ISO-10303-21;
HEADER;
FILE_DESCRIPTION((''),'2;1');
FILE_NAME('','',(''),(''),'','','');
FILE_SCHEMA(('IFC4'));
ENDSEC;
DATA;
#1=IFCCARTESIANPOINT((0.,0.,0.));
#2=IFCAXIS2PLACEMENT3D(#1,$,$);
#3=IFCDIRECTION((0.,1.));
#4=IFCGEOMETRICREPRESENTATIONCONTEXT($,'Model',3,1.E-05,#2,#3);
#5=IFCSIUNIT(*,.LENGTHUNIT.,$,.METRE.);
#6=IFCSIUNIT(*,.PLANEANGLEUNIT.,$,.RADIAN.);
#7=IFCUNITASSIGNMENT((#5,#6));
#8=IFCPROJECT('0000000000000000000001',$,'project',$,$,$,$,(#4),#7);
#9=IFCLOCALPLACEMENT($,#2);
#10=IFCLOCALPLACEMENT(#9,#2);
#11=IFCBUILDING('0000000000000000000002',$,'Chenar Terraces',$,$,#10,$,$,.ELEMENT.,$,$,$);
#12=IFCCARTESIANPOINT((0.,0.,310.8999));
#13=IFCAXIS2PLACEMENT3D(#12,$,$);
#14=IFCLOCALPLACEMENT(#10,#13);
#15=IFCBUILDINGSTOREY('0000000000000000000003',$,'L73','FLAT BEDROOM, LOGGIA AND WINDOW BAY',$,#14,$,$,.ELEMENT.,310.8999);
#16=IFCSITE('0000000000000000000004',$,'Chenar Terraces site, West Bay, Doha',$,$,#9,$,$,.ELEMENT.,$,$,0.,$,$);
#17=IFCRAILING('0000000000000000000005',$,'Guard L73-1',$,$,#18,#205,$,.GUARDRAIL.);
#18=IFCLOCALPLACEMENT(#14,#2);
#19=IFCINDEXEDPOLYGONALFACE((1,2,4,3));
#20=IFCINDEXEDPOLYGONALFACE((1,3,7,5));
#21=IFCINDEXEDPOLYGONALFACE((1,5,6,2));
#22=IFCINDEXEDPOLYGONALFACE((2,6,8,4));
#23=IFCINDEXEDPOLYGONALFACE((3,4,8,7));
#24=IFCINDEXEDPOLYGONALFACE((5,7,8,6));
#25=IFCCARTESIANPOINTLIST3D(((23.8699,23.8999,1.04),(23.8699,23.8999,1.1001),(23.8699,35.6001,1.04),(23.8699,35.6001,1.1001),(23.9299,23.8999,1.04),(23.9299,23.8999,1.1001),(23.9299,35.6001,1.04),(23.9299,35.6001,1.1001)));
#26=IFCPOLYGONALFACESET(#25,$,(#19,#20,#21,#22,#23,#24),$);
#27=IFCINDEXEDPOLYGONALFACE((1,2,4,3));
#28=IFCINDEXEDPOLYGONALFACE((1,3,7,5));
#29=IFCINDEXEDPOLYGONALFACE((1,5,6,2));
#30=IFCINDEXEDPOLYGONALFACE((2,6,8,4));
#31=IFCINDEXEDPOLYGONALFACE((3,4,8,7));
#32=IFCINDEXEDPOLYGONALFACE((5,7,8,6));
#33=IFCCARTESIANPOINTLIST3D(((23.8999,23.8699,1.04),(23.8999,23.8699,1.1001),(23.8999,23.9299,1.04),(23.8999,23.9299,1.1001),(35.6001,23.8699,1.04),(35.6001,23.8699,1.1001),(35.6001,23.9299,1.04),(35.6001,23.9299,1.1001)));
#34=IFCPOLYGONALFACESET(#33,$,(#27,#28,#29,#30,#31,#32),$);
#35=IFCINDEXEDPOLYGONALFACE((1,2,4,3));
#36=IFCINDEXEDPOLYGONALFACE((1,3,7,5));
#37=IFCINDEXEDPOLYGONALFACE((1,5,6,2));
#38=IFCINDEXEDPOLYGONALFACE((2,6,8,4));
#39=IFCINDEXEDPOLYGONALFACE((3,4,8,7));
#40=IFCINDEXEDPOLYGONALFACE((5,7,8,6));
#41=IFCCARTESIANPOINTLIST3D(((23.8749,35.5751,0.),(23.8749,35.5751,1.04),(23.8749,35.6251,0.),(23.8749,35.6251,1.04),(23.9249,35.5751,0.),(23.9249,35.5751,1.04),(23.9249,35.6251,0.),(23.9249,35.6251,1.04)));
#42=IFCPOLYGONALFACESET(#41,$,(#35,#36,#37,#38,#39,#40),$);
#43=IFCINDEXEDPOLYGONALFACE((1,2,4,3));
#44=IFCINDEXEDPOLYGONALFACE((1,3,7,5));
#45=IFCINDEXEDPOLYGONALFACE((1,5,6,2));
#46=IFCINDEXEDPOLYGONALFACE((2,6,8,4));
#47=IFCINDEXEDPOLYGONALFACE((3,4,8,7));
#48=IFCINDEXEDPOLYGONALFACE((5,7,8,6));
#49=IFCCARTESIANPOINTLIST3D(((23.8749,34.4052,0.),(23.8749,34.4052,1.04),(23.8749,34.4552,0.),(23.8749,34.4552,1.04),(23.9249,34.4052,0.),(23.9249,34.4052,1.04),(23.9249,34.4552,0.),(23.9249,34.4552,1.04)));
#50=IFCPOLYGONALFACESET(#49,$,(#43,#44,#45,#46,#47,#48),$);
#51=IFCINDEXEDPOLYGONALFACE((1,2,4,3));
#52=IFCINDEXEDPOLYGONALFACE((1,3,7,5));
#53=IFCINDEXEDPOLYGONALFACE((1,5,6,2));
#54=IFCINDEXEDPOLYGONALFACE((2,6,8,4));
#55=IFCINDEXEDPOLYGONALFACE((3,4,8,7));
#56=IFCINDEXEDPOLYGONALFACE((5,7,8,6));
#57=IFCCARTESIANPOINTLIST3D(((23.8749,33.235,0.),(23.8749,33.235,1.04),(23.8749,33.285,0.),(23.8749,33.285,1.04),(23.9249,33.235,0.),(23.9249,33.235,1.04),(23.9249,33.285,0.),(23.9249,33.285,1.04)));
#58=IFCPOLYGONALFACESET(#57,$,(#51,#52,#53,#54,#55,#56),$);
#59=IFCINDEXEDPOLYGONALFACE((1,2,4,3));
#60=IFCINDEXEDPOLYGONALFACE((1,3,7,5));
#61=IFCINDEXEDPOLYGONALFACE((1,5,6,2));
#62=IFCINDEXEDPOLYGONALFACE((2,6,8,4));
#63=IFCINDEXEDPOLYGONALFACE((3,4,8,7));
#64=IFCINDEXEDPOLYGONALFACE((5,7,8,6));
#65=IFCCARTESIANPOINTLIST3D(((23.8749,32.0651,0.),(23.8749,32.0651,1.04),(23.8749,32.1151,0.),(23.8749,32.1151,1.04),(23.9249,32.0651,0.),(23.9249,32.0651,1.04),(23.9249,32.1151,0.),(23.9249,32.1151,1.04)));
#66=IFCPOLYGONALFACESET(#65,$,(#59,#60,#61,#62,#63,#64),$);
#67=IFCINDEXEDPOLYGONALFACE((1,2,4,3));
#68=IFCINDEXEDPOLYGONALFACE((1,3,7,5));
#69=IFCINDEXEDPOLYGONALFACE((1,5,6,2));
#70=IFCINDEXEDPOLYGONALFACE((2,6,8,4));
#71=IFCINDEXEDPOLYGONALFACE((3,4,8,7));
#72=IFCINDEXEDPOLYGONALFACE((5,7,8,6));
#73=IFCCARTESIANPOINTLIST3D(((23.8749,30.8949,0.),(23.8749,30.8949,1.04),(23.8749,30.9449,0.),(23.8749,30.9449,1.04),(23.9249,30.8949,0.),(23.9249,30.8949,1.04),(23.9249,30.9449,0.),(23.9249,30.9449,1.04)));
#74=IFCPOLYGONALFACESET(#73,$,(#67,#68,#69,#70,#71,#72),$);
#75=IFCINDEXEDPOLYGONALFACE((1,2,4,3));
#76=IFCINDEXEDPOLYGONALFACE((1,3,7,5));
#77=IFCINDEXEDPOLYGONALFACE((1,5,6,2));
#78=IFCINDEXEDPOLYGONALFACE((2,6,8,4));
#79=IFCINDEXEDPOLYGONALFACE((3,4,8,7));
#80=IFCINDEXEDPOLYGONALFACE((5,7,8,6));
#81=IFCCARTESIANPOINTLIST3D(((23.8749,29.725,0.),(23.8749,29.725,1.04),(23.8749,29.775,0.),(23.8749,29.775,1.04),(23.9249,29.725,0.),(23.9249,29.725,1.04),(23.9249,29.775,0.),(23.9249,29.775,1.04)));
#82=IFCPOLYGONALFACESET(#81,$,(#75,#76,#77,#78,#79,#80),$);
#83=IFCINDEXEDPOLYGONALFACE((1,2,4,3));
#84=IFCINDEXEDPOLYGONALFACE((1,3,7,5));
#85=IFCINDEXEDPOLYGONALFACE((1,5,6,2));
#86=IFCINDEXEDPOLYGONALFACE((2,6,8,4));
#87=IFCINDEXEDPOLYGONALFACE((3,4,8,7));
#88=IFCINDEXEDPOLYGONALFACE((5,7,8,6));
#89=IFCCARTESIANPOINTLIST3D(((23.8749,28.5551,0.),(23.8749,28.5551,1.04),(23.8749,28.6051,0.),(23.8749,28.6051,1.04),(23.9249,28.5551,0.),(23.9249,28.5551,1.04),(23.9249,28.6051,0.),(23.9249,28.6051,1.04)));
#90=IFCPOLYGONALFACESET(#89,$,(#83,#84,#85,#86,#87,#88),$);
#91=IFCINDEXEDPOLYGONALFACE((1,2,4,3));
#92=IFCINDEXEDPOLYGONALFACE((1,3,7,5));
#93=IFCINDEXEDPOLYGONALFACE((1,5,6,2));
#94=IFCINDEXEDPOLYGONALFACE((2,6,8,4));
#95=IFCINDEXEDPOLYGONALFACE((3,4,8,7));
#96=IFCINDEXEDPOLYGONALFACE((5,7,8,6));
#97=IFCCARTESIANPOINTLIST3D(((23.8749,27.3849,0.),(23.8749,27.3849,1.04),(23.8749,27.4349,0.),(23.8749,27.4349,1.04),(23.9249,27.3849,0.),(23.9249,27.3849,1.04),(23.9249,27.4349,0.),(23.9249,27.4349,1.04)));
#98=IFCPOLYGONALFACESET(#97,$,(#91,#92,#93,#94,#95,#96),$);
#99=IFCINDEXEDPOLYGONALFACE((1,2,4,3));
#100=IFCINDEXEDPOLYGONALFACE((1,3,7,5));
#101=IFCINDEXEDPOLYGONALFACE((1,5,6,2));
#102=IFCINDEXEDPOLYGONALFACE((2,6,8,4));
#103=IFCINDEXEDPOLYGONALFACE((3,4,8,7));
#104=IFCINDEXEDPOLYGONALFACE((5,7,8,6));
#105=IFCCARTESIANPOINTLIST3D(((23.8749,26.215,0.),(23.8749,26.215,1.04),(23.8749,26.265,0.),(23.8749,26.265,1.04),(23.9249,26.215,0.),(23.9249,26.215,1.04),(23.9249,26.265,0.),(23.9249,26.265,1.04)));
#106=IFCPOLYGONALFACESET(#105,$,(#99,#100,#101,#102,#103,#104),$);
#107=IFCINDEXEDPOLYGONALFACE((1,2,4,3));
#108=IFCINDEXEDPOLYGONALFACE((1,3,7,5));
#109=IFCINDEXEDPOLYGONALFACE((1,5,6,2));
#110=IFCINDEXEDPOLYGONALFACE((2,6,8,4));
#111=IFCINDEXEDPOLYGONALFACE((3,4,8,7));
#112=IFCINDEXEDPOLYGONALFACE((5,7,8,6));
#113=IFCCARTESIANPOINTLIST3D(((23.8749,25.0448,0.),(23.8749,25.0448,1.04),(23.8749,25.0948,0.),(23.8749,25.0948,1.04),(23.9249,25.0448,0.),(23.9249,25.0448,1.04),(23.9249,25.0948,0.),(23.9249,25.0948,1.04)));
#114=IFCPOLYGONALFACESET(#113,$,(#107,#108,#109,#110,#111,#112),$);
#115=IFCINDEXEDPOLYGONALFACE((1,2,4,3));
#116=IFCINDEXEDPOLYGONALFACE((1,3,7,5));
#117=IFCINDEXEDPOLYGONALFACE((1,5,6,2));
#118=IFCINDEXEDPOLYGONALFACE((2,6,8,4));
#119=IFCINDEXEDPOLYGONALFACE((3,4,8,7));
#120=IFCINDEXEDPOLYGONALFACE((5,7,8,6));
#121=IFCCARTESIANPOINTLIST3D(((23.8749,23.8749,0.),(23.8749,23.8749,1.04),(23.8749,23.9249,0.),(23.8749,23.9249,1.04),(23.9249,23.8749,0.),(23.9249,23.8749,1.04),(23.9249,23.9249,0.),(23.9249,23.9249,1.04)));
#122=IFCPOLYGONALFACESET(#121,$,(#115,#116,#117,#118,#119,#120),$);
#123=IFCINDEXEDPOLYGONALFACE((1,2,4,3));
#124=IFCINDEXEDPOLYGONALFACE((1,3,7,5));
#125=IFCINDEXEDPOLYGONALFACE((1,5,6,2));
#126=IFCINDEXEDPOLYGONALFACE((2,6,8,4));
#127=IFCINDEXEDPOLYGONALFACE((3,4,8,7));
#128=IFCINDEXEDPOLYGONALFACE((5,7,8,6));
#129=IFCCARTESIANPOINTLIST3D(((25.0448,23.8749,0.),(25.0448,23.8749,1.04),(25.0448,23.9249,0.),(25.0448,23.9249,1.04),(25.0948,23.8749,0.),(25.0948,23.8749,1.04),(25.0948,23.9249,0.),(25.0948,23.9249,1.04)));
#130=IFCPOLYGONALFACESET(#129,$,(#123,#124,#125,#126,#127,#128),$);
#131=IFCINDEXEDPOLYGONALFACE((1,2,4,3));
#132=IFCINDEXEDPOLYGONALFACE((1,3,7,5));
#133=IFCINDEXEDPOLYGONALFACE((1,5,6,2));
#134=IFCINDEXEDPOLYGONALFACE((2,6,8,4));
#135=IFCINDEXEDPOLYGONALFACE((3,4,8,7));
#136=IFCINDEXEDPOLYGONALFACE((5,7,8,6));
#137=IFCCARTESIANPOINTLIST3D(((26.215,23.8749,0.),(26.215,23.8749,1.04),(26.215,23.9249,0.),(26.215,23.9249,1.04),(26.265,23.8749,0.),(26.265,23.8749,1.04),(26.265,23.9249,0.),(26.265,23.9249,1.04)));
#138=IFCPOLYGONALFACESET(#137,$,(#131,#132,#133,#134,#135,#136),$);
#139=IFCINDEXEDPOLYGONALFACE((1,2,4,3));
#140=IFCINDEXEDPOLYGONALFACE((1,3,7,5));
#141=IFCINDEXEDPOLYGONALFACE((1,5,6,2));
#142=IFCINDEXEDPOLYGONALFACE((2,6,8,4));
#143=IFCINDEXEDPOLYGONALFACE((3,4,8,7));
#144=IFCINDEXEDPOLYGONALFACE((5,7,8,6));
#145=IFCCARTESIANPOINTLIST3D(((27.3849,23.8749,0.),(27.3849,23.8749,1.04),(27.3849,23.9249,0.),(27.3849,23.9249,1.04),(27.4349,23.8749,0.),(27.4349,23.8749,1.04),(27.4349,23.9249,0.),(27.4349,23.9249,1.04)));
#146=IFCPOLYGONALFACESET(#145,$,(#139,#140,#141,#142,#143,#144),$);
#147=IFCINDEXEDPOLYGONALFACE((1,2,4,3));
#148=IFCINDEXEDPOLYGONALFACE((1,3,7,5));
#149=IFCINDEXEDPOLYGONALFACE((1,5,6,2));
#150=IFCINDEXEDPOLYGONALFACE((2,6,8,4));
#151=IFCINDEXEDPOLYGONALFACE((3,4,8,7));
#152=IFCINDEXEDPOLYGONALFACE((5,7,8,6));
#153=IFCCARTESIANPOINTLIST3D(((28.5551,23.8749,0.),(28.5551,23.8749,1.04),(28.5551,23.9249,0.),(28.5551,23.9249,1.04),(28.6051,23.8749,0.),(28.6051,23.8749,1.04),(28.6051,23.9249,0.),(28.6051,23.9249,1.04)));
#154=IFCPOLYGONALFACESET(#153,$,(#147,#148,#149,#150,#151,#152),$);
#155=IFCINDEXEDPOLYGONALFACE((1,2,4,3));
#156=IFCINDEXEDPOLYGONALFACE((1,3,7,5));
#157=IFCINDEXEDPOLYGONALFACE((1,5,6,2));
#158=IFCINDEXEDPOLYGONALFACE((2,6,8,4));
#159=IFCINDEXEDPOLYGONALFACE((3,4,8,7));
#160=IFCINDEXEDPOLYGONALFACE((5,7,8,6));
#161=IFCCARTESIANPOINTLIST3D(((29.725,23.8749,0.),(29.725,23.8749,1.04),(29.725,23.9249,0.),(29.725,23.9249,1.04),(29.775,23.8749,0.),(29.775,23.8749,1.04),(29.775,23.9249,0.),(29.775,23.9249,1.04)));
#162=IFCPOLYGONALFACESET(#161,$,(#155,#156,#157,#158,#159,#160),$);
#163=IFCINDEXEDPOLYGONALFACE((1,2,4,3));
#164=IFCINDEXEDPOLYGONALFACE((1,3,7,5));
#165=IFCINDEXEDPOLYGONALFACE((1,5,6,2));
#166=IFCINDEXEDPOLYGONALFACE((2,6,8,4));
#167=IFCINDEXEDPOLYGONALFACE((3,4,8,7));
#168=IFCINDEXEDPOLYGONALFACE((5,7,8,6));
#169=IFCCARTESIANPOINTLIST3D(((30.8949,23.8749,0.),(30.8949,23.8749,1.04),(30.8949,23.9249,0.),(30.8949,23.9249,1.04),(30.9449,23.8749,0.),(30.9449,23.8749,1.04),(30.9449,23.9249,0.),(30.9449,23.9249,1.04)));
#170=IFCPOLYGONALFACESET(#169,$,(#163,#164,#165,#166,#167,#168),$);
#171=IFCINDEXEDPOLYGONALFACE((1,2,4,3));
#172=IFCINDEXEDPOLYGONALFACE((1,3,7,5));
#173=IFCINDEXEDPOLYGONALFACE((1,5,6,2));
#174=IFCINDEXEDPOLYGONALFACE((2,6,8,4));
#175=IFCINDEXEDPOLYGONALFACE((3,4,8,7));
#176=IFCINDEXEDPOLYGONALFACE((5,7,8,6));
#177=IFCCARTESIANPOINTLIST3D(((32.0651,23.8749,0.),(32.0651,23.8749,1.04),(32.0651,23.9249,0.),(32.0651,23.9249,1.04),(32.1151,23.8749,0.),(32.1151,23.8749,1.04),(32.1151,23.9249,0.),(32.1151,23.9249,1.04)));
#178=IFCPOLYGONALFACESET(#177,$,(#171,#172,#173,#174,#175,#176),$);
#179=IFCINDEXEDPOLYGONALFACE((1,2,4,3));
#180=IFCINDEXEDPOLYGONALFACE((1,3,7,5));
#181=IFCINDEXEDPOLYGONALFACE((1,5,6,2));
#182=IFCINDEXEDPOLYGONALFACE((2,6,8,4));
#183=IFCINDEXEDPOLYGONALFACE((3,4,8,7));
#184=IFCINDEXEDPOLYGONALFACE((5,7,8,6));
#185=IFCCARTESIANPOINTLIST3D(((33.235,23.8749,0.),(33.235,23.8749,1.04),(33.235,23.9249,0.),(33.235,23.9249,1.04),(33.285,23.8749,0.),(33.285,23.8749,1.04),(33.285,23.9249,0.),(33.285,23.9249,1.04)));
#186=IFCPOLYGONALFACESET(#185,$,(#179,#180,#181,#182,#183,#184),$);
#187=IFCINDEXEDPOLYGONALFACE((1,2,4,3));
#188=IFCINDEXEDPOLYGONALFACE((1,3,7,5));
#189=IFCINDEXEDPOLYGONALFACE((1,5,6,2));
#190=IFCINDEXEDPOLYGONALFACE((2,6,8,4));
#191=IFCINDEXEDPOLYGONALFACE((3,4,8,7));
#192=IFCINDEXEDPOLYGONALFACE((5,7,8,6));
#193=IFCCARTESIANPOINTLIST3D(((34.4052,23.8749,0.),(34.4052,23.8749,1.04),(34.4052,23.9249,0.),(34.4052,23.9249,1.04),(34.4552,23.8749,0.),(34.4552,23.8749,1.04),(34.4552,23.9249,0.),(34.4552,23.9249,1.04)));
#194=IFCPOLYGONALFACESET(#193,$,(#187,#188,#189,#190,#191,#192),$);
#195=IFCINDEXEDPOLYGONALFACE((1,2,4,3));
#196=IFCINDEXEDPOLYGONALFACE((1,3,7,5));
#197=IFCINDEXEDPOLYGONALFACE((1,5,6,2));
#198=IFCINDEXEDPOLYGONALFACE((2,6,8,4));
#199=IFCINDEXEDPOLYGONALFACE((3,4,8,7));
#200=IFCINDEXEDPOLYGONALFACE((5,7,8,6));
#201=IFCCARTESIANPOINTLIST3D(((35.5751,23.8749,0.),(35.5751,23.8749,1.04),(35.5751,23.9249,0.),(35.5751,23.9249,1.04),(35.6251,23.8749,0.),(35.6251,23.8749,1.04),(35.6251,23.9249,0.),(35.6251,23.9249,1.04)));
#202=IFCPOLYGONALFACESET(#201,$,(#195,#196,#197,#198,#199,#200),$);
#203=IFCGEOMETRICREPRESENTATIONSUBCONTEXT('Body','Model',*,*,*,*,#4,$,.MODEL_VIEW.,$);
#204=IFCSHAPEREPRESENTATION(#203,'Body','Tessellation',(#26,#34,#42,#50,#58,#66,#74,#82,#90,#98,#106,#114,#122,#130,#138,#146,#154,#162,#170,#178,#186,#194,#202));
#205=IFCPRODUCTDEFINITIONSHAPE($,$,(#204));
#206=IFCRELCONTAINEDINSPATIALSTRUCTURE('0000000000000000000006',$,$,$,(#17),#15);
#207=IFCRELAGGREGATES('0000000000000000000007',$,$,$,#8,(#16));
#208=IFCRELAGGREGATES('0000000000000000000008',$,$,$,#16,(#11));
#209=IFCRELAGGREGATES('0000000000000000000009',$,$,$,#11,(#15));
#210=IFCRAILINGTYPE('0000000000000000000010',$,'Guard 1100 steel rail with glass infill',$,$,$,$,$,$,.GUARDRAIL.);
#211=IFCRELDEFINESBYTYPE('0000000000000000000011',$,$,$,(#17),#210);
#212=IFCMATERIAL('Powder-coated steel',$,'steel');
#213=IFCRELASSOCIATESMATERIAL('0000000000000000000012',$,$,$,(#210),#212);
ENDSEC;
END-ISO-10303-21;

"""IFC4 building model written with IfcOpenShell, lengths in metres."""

from ifc_helpers import new_model, si_unit, direction, frame, origin, origin_2d, place, context, subcontext, project, spatial, rectangle, extrude, material, type_object, element, save


model = new_model("IFC4")

# Units and contexts
model_context = context("Model", 3, precision=1e-05, world=origin(), true_north=direction((0.0, 1.0)))
body_context = subcontext(model_context, "Body", "Model", "MODEL_VIEW")
ifc_project = project(units=[si_unit("LENGTHUNIT", "METRE"), si_unit("PLANEANGLEUNIT", "RADIAN")], contexts=[model_context])

# Site, building, storey
site_placement = place(None, origin())
site = spatial("IfcSite", under=ifc_project, at=site_placement, Name="Chenar Terraces site, West Bay, Doha", CompositionType="ELEMENT", RefElevation=0.0)
building_placement = place(site_placement, origin())
building = spatial("IfcBuilding", under=site, at=building_placement, Name="Chenar Terraces", CompositionType="ELEMENT")
storey_placement = place(building_placement, frame((0.0, 0.0, 310.8999)))
storey = spatial("IfcBuildingStorey", under=building, at=storey_placement, Name="L73", Description="FLAT BEDROOM, LOGGIA AND WINDOW BAY", CompositionType="ELEMENT", Elevation=310.8999)

# Railing
ifc_material_1 = material(Name="Powder-coated steel", Category="steel")
railing_type = type_object("IfcRailingType", Name="Guard 1100 steel rail with glass infill", PredefinedType="GUARDRAIL", material=ifc_material_1)
railing_placement = place(storey_placement, frame((23.8999, 35.6001, 0.0)))
element("IfcRailing", 1, at=railing_placement, inside=storey, type_object=railing_type, Name="Guard L73-1", PredefinedType="GUARDRAIL", context=body_context, shape_type="SweptSolid", body=[
    extrude(rectangle(XDim=0.0601, YDim=0.0601, at=origin_2d()), frame((0.0, 0.0, 1.0701), z_axis=(0.0, -1.0, 0.0), x_axis=(1.0, 0.0, 0.0)), (0.0, 0.0, 1.0), 11.7002),
    extrude(rectangle(XDim=0.0601, YDim=0.0601, at=origin_2d()), frame((0.0, -11.7002, 1.0701), z_axis=(1.0, 0.0, 0.0), x_axis=(0.0, 1.0, 0.0)), (0.0, 0.0, 1.0), 11.7002),
    extrude(rectangle(XDim=0.05, YDim=0.05, at=origin_2d()), origin(), (0.0, 0.0, 1.0), 1.04),
    extrude(rectangle(XDim=0.05, YDim=0.05, at=origin_2d()), frame((0.0, -1.1699, 0.0)), (0.0, 0.0, 1.0), 1.04),
    extrude(rectangle(XDim=0.05, YDim=0.05, at=origin_2d()), frame((0.0, -2.3401, 0.0)), (0.0, 0.0, 1.0), 1.04),
    extrude(rectangle(XDim=0.05, YDim=0.05, at=origin_2d()), frame((0.0, -3.51, 0.0)), (0.0, 0.0, 1.0), 1.04),
    extrude(rectangle(XDim=0.05, YDim=0.05, at=origin_2d()), frame((0.0, -4.6802, 0.0)), (0.0, 0.0, 1.0), 1.04),
    extrude(rectangle(XDim=0.05, YDim=0.05, at=origin_2d()), frame((0.0, -5.8501, 0.0)), (0.0, 0.0, 1.0), 1.04),
    extrude(rectangle(XDim=0.05, YDim=0.05, at=origin_2d()), frame((0.0, -7.02, 0.0)), (0.0, 0.0, 1.0), 1.04),
    extrude(rectangle(XDim=0.05, YDim=0.05, at=origin_2d()), frame((0.0, -8.1902, 0.0)), (0.0, 0.0, 1.0), 1.04),
    extrude(rectangle(XDim=0.05, YDim=0.05, at=origin_2d()), frame((0.0, -9.3601, 0.0)), (0.0, 0.0, 1.0), 1.04),
    extrude(rectangle(XDim=0.05, YDim=0.05, at=origin_2d()), frame((0.0, -10.5303, 0.0)), (0.0, 0.0, 1.0), 1.04),
    extrude(rectangle(XDim=0.05, YDim=0.05, at=origin_2d()), frame((0.0, -11.7002, 0.0)), (0.0, 0.0, 1.0), 1.04),
    extrude(rectangle(XDim=0.05, YDim=0.05, at=origin_2d()), frame((1.1699, -11.7002, 0.0)), (0.0, 0.0, 1.0), 1.04),
    extrude(rectangle(XDim=0.05, YDim=0.05, at=origin_2d()), frame((2.3401, -11.7002, 0.0)), (0.0, 0.0, 1.0), 1.04),
    extrude(rectangle(XDim=0.05, YDim=0.05, at=origin_2d()), frame((3.51, -11.7002, 0.0)), (0.0, 0.0, 1.0), 1.04),
    extrude(rectangle(XDim=0.05, YDim=0.05, at=origin_2d()), frame((4.6802, -11.7002, 0.0)), (0.0, 0.0, 1.0), 1.04),
    extrude(rectangle(XDim=0.05, YDim=0.05, at=origin_2d()), frame((5.8501, -11.7002, 0.0)), (0.0, 0.0, 1.0), 1.04),
    extrude(rectangle(XDim=0.05, YDim=0.05, at=origin_2d()), frame((7.02, -11.7002, 0.0)), (0.0, 0.0, 1.0), 1.04),
    extrude(rectangle(XDim=0.05, YDim=0.05, at=origin_2d()), frame((8.1902, -11.7002, 0.0)), (0.0, 0.0, 1.0), 1.04),
    extrude(rectangle(XDim=0.05, YDim=0.05, at=origin_2d()), frame((9.3601, -11.7002, 0.0)), (0.0, 0.0, 1.0), 1.04),
    extrude(rectangle(XDim=0.05, YDim=0.05, at=origin_2d()), frame((10.5303, -11.7002, 0.0)), (0.0, 0.0, 1.0), 1.04),
    extrude(rectangle(XDim=0.05, YDim=0.05, at=origin_2d()), frame((11.7002, -11.7002, 0.0)), (0.0, 0.0, 1.0), 1.04),
])

save(model, "model.ifc")
